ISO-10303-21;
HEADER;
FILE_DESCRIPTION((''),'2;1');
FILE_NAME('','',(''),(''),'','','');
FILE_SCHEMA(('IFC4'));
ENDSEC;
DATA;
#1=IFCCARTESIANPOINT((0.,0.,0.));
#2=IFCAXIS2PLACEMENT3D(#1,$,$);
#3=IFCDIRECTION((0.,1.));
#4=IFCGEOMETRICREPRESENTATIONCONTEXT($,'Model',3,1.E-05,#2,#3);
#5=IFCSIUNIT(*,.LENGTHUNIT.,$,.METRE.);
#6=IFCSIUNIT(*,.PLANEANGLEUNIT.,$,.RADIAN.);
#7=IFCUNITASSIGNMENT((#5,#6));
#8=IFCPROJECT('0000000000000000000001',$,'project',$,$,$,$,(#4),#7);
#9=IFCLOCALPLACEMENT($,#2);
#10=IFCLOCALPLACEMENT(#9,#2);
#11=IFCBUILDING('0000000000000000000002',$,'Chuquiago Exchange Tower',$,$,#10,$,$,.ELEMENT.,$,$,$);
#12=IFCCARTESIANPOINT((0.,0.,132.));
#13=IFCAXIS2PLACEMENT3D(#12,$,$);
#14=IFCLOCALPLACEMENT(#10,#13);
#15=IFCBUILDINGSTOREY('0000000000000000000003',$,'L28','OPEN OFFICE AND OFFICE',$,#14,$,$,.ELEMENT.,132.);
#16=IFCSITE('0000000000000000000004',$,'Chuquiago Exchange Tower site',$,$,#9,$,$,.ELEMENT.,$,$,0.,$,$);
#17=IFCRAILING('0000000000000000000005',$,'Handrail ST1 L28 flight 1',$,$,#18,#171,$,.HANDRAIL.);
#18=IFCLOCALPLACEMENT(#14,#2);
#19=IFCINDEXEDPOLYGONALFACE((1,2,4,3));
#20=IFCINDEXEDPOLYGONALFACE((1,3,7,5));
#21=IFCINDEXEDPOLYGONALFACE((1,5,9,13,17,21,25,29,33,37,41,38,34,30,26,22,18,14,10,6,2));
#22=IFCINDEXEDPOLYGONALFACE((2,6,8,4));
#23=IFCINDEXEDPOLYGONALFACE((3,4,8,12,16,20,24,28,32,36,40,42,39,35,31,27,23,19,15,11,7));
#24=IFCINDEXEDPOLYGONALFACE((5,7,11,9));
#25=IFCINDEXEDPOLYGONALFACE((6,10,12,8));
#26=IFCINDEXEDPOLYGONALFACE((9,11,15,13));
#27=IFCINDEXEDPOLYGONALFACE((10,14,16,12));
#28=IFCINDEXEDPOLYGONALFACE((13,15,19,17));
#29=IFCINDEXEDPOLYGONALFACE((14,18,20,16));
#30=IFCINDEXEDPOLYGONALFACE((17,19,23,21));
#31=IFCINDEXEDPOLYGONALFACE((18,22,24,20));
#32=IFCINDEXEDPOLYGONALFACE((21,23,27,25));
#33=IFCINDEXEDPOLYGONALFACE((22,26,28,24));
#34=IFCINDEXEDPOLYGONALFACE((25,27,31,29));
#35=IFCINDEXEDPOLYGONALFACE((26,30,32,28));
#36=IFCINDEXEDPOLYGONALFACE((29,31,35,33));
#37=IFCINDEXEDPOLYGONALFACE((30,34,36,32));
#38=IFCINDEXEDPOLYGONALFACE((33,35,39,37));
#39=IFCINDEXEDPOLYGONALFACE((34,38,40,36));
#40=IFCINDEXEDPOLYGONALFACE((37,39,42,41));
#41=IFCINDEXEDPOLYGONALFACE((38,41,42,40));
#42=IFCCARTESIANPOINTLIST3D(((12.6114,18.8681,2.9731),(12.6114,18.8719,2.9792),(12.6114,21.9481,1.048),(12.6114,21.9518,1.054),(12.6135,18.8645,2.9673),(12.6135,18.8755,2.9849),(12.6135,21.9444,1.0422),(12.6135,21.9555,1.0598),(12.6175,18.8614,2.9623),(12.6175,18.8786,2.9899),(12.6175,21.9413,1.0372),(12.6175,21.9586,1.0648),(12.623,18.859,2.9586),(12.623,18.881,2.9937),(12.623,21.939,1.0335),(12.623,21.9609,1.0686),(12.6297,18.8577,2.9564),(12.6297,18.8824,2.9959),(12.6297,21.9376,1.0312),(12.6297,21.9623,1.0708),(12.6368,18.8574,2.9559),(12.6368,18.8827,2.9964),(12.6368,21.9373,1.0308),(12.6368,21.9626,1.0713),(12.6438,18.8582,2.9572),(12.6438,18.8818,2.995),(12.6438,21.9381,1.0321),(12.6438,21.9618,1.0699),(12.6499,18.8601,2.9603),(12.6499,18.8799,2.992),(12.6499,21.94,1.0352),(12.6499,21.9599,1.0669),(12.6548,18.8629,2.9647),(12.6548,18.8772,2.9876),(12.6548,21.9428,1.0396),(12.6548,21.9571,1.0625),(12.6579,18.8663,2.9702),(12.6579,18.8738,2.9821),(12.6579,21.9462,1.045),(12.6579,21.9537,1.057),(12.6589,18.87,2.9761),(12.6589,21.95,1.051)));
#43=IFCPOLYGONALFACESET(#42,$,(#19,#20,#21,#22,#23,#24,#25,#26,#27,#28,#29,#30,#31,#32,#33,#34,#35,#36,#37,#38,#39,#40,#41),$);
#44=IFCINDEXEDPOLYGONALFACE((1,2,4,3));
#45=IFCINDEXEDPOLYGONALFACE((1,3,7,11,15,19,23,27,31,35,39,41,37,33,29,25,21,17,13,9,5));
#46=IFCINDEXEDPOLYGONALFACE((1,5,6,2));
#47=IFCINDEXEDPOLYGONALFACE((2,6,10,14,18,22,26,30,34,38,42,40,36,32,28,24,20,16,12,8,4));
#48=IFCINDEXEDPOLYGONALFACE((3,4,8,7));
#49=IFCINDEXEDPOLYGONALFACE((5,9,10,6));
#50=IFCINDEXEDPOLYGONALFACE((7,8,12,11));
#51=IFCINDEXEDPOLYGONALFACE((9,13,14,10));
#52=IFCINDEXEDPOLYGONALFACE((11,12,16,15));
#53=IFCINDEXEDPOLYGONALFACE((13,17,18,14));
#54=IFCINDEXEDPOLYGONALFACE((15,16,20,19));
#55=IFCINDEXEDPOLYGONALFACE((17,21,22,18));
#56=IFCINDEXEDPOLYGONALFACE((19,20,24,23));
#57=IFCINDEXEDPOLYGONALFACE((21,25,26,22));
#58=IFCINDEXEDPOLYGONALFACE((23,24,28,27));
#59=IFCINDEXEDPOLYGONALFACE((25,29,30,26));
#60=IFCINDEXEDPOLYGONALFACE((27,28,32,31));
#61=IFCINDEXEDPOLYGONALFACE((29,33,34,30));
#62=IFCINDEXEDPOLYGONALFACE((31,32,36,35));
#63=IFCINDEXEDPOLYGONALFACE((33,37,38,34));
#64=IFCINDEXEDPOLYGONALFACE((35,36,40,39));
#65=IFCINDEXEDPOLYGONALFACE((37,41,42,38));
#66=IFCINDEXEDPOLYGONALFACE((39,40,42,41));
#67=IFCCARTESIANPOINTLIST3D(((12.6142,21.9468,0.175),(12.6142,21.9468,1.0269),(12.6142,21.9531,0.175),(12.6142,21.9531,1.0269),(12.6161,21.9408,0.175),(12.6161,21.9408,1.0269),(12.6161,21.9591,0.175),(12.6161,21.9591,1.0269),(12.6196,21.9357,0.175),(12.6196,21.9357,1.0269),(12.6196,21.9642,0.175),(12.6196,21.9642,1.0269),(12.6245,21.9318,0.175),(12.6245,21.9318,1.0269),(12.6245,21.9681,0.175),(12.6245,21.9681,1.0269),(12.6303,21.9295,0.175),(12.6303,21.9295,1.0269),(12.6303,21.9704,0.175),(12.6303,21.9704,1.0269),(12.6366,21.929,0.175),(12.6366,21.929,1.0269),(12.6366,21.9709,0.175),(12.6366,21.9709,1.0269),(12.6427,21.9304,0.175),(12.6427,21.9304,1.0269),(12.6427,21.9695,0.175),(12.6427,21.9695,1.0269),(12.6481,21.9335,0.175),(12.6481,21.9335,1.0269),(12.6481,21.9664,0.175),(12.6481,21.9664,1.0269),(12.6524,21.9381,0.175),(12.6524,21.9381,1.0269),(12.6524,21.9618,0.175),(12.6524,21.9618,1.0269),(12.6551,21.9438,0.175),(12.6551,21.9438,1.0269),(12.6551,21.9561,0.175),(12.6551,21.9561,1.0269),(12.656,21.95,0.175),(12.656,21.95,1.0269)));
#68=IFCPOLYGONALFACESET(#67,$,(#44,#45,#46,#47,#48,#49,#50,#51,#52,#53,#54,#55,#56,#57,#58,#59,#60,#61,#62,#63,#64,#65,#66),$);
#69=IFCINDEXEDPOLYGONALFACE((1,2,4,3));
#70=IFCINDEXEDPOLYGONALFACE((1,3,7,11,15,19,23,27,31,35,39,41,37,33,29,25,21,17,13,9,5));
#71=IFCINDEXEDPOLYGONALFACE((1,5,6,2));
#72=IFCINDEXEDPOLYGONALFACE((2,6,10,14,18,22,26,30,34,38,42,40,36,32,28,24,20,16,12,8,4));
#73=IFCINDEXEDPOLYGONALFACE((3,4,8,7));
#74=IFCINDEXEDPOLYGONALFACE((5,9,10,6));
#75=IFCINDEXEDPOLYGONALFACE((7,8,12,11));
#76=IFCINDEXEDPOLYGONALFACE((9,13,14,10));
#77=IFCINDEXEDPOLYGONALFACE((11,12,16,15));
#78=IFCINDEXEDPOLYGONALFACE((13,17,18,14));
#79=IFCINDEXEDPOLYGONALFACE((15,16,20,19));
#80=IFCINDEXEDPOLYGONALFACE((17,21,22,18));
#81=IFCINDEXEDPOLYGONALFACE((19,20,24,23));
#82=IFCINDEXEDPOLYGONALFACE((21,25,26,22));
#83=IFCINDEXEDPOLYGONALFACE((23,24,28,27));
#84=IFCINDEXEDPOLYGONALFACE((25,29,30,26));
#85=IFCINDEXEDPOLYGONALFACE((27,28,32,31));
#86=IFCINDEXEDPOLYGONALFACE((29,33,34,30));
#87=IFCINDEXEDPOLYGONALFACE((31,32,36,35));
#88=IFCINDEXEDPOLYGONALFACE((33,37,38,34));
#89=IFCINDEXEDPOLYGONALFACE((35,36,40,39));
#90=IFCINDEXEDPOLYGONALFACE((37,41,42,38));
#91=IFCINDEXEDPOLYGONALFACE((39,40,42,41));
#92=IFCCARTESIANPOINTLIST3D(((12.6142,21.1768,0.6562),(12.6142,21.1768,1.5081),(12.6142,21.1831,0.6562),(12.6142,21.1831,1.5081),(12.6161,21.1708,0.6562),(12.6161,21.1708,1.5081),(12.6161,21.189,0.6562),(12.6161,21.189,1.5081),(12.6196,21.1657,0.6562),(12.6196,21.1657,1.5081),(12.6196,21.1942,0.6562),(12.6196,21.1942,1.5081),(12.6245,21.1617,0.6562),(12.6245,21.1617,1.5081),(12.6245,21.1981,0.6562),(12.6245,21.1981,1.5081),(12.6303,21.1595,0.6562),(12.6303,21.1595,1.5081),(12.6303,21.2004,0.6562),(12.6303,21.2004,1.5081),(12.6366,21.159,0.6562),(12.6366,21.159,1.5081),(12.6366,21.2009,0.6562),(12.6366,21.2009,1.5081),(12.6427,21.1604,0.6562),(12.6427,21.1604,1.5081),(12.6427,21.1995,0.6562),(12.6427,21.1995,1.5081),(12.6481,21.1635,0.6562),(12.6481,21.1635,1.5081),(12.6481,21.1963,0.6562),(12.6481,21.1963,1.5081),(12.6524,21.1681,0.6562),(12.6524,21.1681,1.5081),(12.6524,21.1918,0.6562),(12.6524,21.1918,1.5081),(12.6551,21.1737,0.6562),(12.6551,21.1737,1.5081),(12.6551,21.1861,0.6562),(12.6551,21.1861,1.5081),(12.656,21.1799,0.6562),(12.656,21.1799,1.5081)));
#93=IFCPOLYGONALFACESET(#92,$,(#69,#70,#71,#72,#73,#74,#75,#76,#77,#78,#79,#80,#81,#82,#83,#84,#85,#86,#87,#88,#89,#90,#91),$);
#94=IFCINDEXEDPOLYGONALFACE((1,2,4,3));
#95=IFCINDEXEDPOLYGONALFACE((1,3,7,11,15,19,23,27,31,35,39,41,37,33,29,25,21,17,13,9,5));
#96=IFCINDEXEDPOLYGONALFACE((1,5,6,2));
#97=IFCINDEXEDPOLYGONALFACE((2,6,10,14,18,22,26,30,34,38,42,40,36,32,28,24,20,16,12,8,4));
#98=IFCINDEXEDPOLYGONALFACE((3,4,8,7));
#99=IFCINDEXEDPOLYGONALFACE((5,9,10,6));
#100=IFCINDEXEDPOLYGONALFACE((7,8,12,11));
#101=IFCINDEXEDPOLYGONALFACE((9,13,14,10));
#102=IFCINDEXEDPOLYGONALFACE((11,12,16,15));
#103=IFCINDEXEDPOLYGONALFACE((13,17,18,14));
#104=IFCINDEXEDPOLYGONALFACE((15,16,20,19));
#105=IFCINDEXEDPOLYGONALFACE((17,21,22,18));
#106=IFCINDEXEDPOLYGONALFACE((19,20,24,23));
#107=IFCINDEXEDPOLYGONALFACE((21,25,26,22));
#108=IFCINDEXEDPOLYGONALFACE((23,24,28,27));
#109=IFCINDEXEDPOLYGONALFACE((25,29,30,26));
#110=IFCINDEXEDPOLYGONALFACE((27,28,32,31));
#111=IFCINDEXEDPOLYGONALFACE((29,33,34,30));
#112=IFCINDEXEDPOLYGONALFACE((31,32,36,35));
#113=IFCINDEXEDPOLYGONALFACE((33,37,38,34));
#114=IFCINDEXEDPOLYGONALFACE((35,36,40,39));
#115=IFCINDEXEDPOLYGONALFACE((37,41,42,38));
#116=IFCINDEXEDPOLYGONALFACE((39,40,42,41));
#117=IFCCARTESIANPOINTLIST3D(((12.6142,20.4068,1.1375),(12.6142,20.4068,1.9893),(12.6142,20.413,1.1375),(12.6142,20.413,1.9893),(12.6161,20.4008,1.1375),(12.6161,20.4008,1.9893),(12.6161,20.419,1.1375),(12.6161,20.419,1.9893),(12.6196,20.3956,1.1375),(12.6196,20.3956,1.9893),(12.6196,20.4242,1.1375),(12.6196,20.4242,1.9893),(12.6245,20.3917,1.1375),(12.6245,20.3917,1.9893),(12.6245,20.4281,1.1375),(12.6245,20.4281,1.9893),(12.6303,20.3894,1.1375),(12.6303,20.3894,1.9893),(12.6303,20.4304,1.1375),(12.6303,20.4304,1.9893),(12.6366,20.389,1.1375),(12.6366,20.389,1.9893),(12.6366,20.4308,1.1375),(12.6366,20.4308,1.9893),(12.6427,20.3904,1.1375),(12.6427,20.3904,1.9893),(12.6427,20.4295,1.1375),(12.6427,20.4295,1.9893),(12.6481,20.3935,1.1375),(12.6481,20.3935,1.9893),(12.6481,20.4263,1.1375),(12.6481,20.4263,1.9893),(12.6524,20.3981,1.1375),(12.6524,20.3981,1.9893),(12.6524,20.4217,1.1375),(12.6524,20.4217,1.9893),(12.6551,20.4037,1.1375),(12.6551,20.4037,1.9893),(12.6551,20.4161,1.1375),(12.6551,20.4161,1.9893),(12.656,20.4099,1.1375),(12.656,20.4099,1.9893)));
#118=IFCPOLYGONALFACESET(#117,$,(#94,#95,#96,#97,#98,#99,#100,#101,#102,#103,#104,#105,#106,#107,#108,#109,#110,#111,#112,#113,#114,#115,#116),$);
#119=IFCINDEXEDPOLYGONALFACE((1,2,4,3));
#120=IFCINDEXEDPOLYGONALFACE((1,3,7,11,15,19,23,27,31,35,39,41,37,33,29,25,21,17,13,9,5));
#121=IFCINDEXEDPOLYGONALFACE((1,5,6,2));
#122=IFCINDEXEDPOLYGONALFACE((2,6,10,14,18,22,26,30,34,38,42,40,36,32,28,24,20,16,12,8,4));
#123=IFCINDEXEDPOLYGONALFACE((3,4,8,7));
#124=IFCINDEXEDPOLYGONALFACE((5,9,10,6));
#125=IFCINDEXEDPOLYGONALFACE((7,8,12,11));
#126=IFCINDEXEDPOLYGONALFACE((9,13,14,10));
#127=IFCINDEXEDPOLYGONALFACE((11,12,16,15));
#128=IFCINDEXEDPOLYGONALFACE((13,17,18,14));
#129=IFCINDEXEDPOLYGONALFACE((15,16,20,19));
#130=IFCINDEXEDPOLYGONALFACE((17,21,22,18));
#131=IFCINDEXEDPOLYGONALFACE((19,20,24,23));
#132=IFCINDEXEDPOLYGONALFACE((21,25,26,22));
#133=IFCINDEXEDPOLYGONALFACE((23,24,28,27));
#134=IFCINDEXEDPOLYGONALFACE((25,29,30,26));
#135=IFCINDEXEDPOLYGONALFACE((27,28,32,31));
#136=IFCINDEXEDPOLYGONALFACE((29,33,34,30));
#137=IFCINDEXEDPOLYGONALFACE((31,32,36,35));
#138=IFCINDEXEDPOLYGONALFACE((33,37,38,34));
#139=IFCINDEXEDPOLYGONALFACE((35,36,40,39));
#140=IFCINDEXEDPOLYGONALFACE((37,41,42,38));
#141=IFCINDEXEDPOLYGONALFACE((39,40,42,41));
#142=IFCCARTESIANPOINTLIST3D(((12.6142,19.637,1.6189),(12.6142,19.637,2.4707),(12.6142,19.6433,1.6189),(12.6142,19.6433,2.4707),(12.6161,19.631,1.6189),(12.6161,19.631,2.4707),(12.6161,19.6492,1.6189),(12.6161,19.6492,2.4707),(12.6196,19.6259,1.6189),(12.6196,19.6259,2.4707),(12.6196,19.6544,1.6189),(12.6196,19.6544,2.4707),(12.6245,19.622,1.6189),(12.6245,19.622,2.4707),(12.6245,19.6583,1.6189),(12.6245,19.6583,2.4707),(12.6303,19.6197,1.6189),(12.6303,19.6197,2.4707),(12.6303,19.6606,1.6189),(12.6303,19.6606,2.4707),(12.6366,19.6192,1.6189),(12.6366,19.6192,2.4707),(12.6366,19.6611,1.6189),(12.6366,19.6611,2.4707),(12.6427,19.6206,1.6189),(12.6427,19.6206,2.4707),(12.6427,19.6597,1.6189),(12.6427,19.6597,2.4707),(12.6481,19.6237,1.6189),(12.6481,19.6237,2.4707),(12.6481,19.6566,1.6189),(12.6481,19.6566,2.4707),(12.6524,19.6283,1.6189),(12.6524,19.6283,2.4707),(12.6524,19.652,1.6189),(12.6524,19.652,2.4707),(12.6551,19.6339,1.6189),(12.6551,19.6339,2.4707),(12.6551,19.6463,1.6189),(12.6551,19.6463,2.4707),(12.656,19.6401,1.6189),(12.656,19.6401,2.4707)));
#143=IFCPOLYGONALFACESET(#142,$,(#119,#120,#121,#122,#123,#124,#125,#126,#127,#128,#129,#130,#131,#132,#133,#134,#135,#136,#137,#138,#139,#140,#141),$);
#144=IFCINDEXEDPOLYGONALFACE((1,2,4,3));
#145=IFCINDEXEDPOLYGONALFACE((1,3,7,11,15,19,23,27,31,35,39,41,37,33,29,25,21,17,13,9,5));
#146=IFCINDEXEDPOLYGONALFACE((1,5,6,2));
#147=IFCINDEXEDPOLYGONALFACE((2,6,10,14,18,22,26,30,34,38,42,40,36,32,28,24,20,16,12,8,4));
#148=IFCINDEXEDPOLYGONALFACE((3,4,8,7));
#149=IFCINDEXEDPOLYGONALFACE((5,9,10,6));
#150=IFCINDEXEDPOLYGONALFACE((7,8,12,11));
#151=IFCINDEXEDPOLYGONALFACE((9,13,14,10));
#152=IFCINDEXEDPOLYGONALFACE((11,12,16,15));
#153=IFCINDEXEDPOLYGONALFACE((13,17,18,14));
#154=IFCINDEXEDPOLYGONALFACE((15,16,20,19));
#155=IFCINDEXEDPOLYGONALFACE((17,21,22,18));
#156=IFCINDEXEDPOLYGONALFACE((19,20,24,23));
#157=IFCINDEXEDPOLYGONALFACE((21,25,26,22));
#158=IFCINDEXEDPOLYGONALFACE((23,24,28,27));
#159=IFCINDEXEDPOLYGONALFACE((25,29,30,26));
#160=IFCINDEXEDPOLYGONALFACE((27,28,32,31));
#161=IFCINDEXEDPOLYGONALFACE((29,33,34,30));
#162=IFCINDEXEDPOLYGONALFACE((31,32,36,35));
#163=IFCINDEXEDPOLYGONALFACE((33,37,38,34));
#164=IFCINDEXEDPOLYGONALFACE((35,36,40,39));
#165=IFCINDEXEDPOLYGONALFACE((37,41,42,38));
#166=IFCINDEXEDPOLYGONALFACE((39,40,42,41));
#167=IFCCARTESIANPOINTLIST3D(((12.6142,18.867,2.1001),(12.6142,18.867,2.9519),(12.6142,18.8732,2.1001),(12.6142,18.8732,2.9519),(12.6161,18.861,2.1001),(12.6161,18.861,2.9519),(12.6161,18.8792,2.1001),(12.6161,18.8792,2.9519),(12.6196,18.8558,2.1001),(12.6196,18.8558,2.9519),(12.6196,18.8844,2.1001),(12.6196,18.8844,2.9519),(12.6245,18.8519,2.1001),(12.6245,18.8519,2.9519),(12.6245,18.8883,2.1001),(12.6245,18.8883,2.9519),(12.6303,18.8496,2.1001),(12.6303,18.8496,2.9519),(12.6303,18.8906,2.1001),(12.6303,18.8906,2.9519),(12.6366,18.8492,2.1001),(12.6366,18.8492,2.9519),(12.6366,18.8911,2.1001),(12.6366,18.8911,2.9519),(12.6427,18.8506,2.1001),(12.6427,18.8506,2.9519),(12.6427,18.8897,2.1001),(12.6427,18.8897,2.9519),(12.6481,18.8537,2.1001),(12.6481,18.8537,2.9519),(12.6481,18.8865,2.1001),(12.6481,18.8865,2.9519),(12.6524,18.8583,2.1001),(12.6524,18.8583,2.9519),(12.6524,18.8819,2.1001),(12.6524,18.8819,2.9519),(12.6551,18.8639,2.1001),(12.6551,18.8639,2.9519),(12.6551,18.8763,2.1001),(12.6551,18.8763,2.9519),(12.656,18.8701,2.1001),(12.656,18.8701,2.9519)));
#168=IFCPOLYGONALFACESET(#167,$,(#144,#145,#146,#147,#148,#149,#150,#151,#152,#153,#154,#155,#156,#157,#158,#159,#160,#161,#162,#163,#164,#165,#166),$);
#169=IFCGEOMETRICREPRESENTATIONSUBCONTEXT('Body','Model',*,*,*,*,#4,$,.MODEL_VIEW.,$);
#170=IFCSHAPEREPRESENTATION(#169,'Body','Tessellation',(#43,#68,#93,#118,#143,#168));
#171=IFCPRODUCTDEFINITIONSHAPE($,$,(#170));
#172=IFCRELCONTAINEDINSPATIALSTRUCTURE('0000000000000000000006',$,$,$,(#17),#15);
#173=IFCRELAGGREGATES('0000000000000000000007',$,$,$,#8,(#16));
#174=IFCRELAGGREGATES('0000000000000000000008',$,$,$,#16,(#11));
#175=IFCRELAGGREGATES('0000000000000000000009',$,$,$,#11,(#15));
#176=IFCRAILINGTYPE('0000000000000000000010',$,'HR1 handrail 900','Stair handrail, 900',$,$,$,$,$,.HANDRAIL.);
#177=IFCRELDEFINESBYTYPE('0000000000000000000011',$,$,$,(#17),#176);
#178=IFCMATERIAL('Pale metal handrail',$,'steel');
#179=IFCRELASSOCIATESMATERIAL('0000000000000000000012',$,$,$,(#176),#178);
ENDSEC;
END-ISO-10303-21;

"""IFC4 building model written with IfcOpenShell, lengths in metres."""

from ifc_helpers import new_model, si_unit, direction, frame, origin, origin_2d, place, context, subcontext, project, spatial, circle, extrude, material, type_object, element, save


model = new_model("IFC4")

# Units and contexts
model_context = context("Model", 3, precision=1e-05, world=origin(), true_north=direction((0.0, 1.0)))
body_context = subcontext(model_context, "Body", "Model", "MODEL_VIEW")
ifc_project = project(units=[si_unit("LENGTHUNIT", "METRE"), si_unit("PLANEANGLEUNIT", "RADIAN")], contexts=[model_context])

# Site, building, storey
site_placement = place(None, origin())
site = spatial("IfcSite", under=ifc_project, at=site_placement, Name="Chuquiago Exchange Tower site", CompositionType="ELEMENT", RefElevation=0.0)
building_placement = place(site_placement, origin())
building = spatial("IfcBuilding", under=site, at=building_placement, Name="Chuquiago Exchange Tower", CompositionType="ELEMENT")
storey_placement = place(building_placement, frame((0.0, 0.0, 132.0)))
storey = spatial("IfcBuildingStorey", under=building, at=storey_placement, Name="L28", Description="OPEN OFFICE AND OFFICE", CompositionType="ELEMENT", Elevation=132.0)

# Railing
ifc_material_1 = material(Name="Pale metal handrail", Category="steel")
railing_type_1 = type_object("IfcRailingType", Name="HR1 handrail 900", Description="Stair handrail, 900", PredefinedType="HANDRAIL", material=ifc_material_1)
for number, where, name in (
    (1, (12.635, 21.95, 0.175), "Handrail ST1 L28 flight 1"),
):
    element("IfcRailing", number, at=place(storey_placement, frame(where)), inside=storey, type_object=railing_type_1, Name=name, PredefinedType="HANDRAIL", context=body_context, shape_type="SweptSolid", body=[
        extrude(circle(Radius=0.0239, at=origin_2d()), frame((0.0, 0.0, 0.876), z_axis=(0.0, -0.847979, 0.530029), x_axis=(1.0, 0.0, 0.0)), (0.0, 0.0, 1.0), 3.6321),
        extrude(circle(Radius=0.021, at=origin_2d()), origin(), (0.0, 0.0, 1.0), 0.8518),
        extrude(circle(Radius=0.021, at=origin_2d()), frame((0.0, -0.77, 0.4812)), (0.0, 0.0, 1.0), 0.8518),
        extrude(circle(Radius=0.021, at=origin_2d()), frame((0.0, -1.54, 0.9624)), (0.0, 0.0, 1.0), 0.8518),
        extrude(circle(Radius=0.021, at=origin_2d()), frame((0.0, -2.3098, 1.4438)), (0.0, 0.0, 1.0), 0.8518),
        extrude(circle(Radius=0.021, at=origin_2d()), frame((0.0, -3.0798, 1.925)), (0.0, 0.0, 1.0), 0.8518),
    ])

save(model, "model.ifc")
